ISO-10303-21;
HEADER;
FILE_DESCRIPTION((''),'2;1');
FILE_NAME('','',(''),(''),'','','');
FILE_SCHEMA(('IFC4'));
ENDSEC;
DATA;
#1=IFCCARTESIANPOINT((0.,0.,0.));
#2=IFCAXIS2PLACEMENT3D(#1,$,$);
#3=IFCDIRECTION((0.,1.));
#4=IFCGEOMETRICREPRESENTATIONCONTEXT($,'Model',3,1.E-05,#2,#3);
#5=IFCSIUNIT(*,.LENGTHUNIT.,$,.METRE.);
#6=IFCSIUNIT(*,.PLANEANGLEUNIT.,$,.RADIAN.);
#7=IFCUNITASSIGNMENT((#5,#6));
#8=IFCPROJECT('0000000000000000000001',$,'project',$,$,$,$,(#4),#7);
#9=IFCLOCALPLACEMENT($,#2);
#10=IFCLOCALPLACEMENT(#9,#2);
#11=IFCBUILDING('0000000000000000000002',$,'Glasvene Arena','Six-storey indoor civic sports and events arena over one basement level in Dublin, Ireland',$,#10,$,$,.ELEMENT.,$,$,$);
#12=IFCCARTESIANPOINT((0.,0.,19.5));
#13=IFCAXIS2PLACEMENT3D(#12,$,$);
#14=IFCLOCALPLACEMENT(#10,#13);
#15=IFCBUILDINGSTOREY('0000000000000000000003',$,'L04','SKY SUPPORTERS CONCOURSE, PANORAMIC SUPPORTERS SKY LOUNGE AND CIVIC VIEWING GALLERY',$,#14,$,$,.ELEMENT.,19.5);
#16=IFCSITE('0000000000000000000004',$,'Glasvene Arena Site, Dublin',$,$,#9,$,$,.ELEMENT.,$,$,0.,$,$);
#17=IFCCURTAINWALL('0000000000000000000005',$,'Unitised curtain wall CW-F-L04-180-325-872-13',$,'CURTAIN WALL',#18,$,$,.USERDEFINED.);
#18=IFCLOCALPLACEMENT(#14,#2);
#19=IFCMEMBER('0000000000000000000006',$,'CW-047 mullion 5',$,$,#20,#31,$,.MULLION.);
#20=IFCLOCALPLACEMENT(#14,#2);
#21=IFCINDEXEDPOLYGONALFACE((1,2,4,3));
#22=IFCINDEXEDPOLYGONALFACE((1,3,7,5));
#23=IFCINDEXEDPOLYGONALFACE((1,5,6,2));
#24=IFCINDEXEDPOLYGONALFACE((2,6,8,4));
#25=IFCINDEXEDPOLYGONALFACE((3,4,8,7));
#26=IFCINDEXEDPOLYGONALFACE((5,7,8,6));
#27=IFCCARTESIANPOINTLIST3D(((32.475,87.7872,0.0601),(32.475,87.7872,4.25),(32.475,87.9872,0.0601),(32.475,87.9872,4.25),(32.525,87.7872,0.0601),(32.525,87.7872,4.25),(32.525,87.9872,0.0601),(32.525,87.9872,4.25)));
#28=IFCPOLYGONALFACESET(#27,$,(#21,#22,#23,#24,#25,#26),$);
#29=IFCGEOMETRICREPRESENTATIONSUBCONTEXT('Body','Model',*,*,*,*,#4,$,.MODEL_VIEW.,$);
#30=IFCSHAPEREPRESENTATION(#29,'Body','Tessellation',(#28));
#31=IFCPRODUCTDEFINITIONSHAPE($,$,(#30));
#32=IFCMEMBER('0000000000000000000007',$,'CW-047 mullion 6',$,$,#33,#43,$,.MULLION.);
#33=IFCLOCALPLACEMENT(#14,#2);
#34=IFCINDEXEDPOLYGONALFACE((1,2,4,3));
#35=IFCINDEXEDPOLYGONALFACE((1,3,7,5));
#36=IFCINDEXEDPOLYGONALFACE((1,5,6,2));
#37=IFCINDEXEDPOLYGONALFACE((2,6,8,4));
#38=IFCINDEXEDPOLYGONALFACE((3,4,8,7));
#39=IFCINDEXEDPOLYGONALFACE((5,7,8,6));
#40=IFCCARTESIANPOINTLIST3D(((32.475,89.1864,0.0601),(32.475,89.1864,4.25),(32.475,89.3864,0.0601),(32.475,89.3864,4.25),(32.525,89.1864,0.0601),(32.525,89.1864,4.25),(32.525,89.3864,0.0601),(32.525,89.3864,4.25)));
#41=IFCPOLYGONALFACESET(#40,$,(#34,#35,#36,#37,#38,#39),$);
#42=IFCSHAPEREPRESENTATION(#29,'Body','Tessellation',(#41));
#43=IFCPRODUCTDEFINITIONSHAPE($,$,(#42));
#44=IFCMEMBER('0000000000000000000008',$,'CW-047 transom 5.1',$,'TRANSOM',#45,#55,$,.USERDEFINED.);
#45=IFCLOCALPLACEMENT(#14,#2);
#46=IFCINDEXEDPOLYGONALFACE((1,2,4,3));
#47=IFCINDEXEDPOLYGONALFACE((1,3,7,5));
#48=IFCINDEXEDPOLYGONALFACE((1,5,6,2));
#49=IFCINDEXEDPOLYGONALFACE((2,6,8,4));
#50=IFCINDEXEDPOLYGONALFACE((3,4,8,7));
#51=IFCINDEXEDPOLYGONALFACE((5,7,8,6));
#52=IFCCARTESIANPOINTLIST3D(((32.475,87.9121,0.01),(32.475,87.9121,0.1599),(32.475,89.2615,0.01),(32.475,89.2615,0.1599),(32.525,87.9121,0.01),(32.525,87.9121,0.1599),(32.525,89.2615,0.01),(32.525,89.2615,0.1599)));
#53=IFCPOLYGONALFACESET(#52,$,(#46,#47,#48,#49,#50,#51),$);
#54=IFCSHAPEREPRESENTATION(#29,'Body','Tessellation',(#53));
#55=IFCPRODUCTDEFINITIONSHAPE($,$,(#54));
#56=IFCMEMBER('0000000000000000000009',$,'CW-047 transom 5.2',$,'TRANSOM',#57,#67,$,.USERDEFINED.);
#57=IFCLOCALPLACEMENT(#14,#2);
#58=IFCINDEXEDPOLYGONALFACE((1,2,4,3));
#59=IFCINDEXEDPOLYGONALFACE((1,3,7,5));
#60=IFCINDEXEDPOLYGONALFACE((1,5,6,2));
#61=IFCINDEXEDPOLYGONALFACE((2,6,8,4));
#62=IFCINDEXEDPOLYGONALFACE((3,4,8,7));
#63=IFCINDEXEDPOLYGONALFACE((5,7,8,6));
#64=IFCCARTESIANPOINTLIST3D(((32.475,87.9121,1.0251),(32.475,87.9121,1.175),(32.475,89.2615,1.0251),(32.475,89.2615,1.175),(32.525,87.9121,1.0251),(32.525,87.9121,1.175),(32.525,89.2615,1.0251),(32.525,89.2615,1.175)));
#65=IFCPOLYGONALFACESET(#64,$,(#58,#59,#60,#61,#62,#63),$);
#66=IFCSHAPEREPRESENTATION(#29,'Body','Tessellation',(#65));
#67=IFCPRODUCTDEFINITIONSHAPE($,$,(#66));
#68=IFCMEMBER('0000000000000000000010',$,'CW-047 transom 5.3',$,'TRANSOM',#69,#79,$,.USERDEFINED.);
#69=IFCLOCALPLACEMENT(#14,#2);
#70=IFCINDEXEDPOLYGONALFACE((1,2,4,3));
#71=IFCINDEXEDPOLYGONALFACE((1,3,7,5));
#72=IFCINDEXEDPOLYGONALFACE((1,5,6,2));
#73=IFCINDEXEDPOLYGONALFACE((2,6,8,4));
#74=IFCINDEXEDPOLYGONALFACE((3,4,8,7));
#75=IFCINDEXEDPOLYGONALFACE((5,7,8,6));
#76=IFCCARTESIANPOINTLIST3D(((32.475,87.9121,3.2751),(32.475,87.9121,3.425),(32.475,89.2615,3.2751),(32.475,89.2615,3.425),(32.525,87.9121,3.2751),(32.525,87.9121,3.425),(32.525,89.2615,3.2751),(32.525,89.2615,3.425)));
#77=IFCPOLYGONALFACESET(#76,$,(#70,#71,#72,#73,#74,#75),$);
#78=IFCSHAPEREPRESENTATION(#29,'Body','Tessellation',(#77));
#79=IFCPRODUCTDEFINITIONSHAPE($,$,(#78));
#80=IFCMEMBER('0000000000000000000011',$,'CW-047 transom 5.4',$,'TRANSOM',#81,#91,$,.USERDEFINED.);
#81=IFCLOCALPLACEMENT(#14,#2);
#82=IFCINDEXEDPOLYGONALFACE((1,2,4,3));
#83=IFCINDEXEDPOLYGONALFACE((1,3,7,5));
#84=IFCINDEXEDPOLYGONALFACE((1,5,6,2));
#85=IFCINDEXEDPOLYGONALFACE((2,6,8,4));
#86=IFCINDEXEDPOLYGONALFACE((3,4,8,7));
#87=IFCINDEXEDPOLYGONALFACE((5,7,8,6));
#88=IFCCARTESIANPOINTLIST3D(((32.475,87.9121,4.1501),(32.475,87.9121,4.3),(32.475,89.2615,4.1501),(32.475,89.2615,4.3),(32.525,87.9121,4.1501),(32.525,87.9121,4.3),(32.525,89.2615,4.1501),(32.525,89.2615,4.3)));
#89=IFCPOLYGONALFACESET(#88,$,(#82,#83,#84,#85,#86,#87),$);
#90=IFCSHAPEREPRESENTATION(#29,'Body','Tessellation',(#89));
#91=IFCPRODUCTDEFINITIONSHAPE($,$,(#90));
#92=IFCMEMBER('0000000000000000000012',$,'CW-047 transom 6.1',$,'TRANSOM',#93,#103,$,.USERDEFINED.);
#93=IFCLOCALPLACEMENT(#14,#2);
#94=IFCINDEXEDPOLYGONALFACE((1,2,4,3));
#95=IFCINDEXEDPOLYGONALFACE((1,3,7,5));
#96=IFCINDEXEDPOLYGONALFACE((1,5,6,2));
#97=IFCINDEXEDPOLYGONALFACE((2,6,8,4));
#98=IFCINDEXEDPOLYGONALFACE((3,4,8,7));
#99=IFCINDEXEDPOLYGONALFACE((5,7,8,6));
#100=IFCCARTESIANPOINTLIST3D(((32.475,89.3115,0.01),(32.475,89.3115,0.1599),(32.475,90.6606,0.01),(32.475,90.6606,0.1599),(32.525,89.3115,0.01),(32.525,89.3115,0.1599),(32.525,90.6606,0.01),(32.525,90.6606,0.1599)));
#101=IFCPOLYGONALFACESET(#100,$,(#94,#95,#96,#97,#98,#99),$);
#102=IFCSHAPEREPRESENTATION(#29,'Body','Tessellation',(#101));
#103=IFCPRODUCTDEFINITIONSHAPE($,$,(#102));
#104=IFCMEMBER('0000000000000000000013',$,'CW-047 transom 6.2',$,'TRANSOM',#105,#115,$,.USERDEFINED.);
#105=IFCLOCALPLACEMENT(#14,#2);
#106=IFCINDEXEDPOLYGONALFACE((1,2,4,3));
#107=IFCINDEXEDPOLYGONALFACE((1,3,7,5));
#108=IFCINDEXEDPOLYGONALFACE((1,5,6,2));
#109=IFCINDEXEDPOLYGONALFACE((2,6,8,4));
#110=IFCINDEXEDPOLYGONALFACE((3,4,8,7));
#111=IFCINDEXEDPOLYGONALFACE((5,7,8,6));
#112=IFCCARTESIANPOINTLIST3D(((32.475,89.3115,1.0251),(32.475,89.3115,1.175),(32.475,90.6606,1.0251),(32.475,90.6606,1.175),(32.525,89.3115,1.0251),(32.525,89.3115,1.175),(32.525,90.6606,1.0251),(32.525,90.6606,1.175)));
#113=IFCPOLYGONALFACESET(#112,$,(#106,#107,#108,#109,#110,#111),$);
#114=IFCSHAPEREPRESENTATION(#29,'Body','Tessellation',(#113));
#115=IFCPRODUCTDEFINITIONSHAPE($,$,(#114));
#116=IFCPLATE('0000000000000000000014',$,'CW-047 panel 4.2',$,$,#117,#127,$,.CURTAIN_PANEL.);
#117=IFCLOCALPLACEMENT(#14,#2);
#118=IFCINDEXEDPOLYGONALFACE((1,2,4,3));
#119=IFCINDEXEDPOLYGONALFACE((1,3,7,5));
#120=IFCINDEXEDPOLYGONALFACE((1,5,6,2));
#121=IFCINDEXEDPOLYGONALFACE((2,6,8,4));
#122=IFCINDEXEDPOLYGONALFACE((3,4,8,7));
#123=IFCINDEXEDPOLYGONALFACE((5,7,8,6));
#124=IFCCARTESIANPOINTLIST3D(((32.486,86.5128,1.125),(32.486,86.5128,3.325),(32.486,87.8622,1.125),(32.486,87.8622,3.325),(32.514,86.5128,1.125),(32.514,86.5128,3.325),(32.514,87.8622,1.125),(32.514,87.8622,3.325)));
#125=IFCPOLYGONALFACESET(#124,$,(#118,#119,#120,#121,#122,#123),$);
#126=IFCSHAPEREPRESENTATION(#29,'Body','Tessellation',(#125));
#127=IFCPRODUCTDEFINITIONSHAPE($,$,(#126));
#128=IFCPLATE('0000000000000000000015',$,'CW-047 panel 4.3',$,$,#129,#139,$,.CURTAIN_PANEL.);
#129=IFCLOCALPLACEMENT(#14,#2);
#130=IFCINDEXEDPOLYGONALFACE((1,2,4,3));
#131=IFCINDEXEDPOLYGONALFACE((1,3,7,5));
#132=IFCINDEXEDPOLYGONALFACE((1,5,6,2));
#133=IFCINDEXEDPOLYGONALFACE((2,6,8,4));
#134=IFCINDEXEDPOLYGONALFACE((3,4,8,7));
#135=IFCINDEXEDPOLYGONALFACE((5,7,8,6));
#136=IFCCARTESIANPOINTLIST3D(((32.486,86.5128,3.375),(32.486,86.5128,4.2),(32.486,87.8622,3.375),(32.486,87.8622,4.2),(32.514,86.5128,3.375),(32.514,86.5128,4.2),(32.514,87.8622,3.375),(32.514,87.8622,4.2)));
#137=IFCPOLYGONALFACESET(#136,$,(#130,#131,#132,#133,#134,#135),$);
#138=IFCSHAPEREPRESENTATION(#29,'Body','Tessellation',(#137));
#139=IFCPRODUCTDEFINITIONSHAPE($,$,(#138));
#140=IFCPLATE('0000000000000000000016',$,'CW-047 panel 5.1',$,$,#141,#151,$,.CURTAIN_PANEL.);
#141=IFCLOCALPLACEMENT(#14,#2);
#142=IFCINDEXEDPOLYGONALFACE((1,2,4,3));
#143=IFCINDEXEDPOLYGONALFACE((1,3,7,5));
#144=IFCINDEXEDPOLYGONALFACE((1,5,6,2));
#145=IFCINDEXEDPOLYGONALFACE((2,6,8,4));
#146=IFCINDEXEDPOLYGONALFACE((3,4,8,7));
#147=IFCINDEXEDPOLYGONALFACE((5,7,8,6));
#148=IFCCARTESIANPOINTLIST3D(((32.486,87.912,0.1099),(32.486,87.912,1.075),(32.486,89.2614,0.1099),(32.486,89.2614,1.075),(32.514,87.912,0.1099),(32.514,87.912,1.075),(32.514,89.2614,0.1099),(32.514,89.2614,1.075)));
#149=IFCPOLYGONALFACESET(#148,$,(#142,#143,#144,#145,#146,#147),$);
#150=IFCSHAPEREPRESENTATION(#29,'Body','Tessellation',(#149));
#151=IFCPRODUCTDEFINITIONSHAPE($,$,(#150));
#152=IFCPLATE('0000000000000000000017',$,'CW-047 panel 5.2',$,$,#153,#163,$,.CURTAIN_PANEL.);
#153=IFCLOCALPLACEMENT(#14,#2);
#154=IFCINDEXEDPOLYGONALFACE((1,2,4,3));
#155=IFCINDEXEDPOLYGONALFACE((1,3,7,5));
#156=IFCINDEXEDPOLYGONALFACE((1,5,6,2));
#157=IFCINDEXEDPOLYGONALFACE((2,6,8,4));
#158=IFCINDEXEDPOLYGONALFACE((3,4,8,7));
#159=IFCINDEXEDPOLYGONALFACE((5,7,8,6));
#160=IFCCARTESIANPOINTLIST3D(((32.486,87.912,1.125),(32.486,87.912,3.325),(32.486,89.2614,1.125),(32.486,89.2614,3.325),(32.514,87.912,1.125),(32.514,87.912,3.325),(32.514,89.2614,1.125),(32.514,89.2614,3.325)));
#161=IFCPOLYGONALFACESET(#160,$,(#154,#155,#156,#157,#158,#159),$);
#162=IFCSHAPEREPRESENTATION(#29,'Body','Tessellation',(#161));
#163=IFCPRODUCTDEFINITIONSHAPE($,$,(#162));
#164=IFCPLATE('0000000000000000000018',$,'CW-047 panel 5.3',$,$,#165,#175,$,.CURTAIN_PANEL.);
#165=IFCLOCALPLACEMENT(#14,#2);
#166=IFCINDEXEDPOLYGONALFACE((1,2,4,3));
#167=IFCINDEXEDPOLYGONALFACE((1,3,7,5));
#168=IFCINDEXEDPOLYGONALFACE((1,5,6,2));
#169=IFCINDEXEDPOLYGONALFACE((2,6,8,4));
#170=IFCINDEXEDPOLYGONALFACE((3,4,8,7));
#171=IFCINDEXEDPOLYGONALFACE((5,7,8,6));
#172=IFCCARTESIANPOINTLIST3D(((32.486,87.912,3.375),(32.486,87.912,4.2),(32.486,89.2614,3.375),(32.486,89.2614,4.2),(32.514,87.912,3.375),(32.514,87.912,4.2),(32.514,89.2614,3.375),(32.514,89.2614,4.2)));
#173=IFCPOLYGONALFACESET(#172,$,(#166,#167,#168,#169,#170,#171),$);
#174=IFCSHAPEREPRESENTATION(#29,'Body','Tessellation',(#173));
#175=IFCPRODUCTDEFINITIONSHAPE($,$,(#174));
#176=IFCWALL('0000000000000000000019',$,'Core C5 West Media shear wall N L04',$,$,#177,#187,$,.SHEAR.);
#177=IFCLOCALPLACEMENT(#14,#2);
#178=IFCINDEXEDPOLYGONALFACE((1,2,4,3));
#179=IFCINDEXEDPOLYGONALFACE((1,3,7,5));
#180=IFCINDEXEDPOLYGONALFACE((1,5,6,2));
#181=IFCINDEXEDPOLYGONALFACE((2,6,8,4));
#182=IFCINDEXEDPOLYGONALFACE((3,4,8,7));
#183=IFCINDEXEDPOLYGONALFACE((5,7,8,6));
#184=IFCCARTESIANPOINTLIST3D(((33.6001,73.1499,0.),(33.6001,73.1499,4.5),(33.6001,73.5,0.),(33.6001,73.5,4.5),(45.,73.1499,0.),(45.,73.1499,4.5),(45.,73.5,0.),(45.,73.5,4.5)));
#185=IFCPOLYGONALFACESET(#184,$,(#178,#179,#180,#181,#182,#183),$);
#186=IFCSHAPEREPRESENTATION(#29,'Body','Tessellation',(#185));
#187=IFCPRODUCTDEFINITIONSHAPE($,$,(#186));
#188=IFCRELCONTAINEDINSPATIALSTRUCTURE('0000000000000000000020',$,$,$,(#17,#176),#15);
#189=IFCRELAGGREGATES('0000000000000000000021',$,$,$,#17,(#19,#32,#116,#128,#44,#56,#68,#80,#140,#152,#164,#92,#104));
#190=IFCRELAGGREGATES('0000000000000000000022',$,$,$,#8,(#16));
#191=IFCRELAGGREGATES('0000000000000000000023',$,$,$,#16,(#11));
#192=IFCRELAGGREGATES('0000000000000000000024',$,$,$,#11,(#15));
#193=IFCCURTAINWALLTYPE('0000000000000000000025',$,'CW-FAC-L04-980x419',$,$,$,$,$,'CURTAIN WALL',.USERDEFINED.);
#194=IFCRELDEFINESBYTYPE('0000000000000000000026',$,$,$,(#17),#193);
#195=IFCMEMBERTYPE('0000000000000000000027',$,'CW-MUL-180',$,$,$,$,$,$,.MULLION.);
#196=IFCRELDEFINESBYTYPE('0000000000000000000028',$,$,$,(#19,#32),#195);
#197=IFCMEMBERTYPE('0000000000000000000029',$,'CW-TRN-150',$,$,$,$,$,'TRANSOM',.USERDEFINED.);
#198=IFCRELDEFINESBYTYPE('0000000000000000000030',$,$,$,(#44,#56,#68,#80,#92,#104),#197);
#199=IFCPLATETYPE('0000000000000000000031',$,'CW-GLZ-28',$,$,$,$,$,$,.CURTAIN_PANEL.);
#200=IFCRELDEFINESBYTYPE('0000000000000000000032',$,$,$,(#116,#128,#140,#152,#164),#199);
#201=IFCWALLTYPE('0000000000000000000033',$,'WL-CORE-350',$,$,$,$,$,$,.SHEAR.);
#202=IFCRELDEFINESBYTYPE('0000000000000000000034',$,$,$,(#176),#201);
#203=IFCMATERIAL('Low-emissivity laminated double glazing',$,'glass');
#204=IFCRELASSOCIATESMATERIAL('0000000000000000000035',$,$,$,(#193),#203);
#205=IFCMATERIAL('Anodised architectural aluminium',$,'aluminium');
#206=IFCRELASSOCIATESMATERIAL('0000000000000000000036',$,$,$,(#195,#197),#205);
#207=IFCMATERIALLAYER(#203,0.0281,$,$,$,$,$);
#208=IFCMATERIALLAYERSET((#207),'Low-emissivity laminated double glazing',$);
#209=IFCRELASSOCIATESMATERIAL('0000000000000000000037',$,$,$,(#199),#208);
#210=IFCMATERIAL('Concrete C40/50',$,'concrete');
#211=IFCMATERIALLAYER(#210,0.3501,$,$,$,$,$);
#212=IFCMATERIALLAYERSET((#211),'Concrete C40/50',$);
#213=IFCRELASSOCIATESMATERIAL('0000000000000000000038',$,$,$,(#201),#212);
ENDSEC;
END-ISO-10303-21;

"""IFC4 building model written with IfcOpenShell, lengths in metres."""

from ifc_helpers import new_model, si_unit, direction, frame, frame_2d, origin, origin_2d, place, context, subcontext, project, spatial, rectangle, extrude, material, layer, layer_set, material_profile, profile_set, type_object, element, aggregate, save


model = new_model("IFC4")

# Units and contexts
model_context = context("Model", 3, precision=1e-05, world=origin(), true_north=direction((0.0, 1.0)))
body_context = subcontext(model_context, "Body", "Model", "MODEL_VIEW")
ifc_project = project(units=[si_unit("LENGTHUNIT", "METRE"), si_unit("PLANEANGLEUNIT", "RADIAN")], contexts=[model_context])

# Site, building, storey
site_placement = place(None, origin())
site = spatial("IfcSite", under=ifc_project, at=site_placement, Name="Glasvene Arena Site, Dublin", CompositionType="ELEMENT", RefElevation=0.0)
building_placement = place(site_placement, origin())
building = spatial("IfcBuilding", under=site, at=building_placement, Name="Glasvene Arena", Description="Six-storey indoor civic sports and events arena over one basement level in Dublin, Ireland", CompositionType="ELEMENT")
storey_placement = place(building_placement, frame((0.0, 0.0, 19.5)))
storey = spatial("IfcBuildingStorey", under=building, at=storey_placement, Name="L04", Description="SKY SUPPORTERS CONCOURSE, PANORAMIC SUPPORTERS SKY LOUNGE AND CIVIC VIEWING GALLERY", CompositionType="ELEMENT", Elevation=19.5)

# Curtain wall, members, plates
ifc_material_1 = material(Name="Low-emissivity laminated double glazing", Category="glass")
curtain_wall_type = type_object("IfcCurtainWallType", Name="CW-FAC-L04-980x419", ElementType="CURTAIN WALL", PredefinedType="USERDEFINED", material=ifc_material_1)
curtain_wall_placement = place(storey_placement, frame((32.5, 82.29, 0.0)))
curtain_wall = element("IfcCurtainWall", 1, at=curtain_wall_placement, inside=storey, type_object=curtain_wall_type, Name="Unitised curtain wall CW-F-L04-180-325-872-13", ObjectType="CURTAIN WALL", PredefinedType="USERDEFINED")
ifc_material_2 = material(Name="Anodised architectural aluminium", Category="aluminium")
ifc_material_profile_1 = material_profile(ifc_material_2, rectangle(XDim=0.05, YDim=0.2, at=origin_2d()), Name="ALU MULLION 50x200")
ifc_profile_set_1 = profile_set([ifc_material_profile_1], Name="Anodised architectural aluminium")
member_type_1 = type_object("IfcMemberType", Name="CW-MUL-180", PredefinedType="MULLION", material=ifc_profile_set_1)
member_1_placement = place(storey_placement, frame((32.5, 87.8872, 0.0601), z_axis=(0.0, 0.0, 1.0), x_axis=(-1.0, 0.0, 0.0)))
member_1 = element("IfcMember", 2, at=member_1_placement, type_object=member_type_1, Name="CW-047 mullion 5", PredefinedType="MULLION", context=body_context, shape_type="SweptSolid", body=[
    extrude(rectangle(XDim=0.05, YDim=0.2, at=origin_2d()), origin(), (0.0, 0.0, 1.0), 4.1899),
])
member_2_placement = place(storey_placement, frame((32.5, 89.2864, 0.0601), z_axis=(0.0, 0.0, 1.0), x_axis=(-1.0, 0.0, 0.0)))
member_2 = element("IfcMember", 3, at=member_2_placement, type_object=member_type_1, Name="CW-047 mullion 6", PredefinedType="MULLION", context=body_context, shape_type="SweptSolid", body=[
    extrude(rectangle(XDim=0.05, YDim=0.2, at=origin_2d()), origin(), (0.0, 0.0, 1.0), 4.1899),
])
ifc_material_profile_2 = material_profile(ifc_material_2, rectangle(XDim=0.05, YDim=0.1499, at=origin_2d()), Name="ALU TRANSOM 50x150")
ifc_profile_set_2 = profile_set([ifc_material_profile_2], Name="Anodised architectural aluminium")
member_type_2 = type_object("IfcMemberType", Name="CW-TRN-150", ElementType="TRANSOM", PredefinedType="USERDEFINED", material=ifc_profile_set_2)
member_3_placement = place(storey_placement, frame((32.5, 87.9121, 0.085), z_axis=(0.0, 1.0, 0.0), x_axis=(-1.0, 0.0, 0.0)))
member_3 = element("IfcMember", 4, at=member_3_placement, type_object=member_type_2, Name="CW-047 transom 5.1", ObjectType="TRANSOM", PredefinedType="USERDEFINED", context=body_context, shape_type="SweptSolid", body=[
    extrude(rectangle(XDim=0.05, YDim=0.1499, at=origin_2d()), origin(), (0.0, 0.0, 1.0), 1.3494),
])
member_4_placement = place(storey_placement, frame((32.5, 87.9121, 1.1001), z_axis=(0.0, 1.0, 0.0), x_axis=(-1.0, 0.0, 0.0)))
member_4 = element("IfcMember", 5, at=member_4_placement, type_object=member_type_2, Name="CW-047 transom 5.2", ObjectType="TRANSOM", PredefinedType="USERDEFINED", context=body_context, shape_type="SweptSolid", body=[
    extrude(rectangle(XDim=0.05, YDim=0.1499, at=origin_2d()), origin(), (0.0, 0.0, 1.0), 1.3494),
])
member_5_placement = place(storey_placement, frame((32.5, 87.9121, 3.3501), z_axis=(0.0, 1.0, 0.0), x_axis=(-1.0, 0.0, 0.0)))
member_5 = element("IfcMember", 6, at=member_5_placement, type_object=member_type_2, Name="CW-047 transom 5.3", ObjectType="TRANSOM", PredefinedType="USERDEFINED", context=body_context, shape_type="SweptSolid", body=[
    extrude(rectangle(XDim=0.05, YDim=0.1499, at=origin_2d()), origin(), (0.0, 0.0, 1.0), 1.3494),
])
member_6_placement = place(storey_placement, frame((32.5, 87.9121, 4.2251), z_axis=(0.0, 1.0, 0.0), x_axis=(-1.0, 0.0, 0.0)))
member_6 = element("IfcMember", 7, at=member_6_placement, type_object=member_type_2, Name="CW-047 transom 5.4", ObjectType="TRANSOM", PredefinedType="USERDEFINED", context=body_context, shape_type="SweptSolid", body=[
    extrude(rectangle(XDim=0.05, YDim=0.1499, at=origin_2d()), origin(), (0.0, 0.0, 1.0), 1.3494),
])
member_7_placement = place(storey_placement, frame((32.5, 89.3115, 0.085), z_axis=(0.0, 1.0, 0.0), x_axis=(-1.0, 0.0, 0.0)))
member_7 = element("IfcMember", 8, at=member_7_placement, type_object=member_type_2, Name="CW-047 transom 6.1", ObjectType="TRANSOM", PredefinedType="USERDEFINED", context=body_context, shape_type="SweptSolid", body=[
    extrude(rectangle(XDim=0.05, YDim=0.1499, at=origin_2d()), origin(), (0.0, 0.0, 1.0), 1.3491),
])
member_8_placement = place(storey_placement, frame((32.5, 89.3115, 1.1001), z_axis=(0.0, 1.0, 0.0), x_axis=(-1.0, 0.0, 0.0)))
member_8 = element("IfcMember", 9, at=member_8_placement, type_object=member_type_2, Name="CW-047 transom 6.2", ObjectType="TRANSOM", PredefinedType="USERDEFINED", context=body_context, shape_type="SweptSolid", body=[
    extrude(rectangle(XDim=0.05, YDim=0.1499, at=origin_2d()), origin(), (0.0, 0.0, 1.0), 1.3491),
])
ifc_layer_1 = layer(ifc_material_1, 0.0281)
ifc_layer_set_1 = layer_set([ifc_layer_1], Name="Low-emissivity laminated double glazing")
plate_type = type_object("IfcPlateType", Name="CW-GLZ-28", PredefinedType="CURTAIN_PANEL", material=ifc_layer_set_1)
plate_1_placement = place(storey_placement, frame((32.5, 87.1875, 1.125), z_axis=(0.0, 0.0, 1.0), x_axis=(0.0, 1.0, 0.0)))
plate_1 = element("IfcPlate", 10, at=plate_1_placement, type_object=plate_type, Name="CW-047 panel 4.2", PredefinedType="CURTAIN_PANEL", context=body_context, shape_type="SweptSolid", body=[
    extrude(rectangle(XDim=1.3494, YDim=0.0281, at=origin_2d()), origin(), (0.0, 0.0, 1.0), 2.2),
])
plate_2_placement = place(storey_placement, frame((32.5, 87.1875, 3.375), z_axis=(0.0, 0.0, 1.0), x_axis=(0.0, 1.0, 0.0)))
plate_2 = element("IfcPlate", 11, at=plate_2_placement, type_object=plate_type, Name="CW-047 panel 4.3", PredefinedType="CURTAIN_PANEL", context=body_context, shape_type="SweptSolid", body=[
    extrude(rectangle(XDim=1.3494, YDim=0.0281, at=origin_2d()), origin(), (0.0, 0.0, 1.0), 0.825),
])
plate_3_placement = place(storey_placement, frame((32.5, 88.5867, 0.1099), z_axis=(0.0, 0.0, 1.0), x_axis=(0.0, 1.0, 0.0)))
plate_3 = element("IfcPlate", 12, at=plate_3_placement, type_object=plate_type, Name="CW-047 panel 5.1", PredefinedType="CURTAIN_PANEL", context=body_context, shape_type="SweptSolid", body=[
    extrude(rectangle(XDim=1.3494, YDim=0.0281, at=origin_2d()), origin(), (0.0, 0.0, 1.0), 0.9651),
])
plate_4_placement = place(storey_placement, frame((32.5, 88.5867, 1.125), z_axis=(0.0, 0.0, 1.0), x_axis=(0.0, 1.0, 0.0)))
plate_4 = element("IfcPlate", 13, at=plate_4_placement, type_object=plate_type, Name="CW-047 panel 5.2", PredefinedType="CURTAIN_PANEL", context=body_context, shape_type="SweptSolid", body=[
    extrude(rectangle(XDim=1.3494, YDim=0.0281, at=origin_2d()), origin(), (0.0, 0.0, 1.0), 2.2),
])
plate_5_placement = place(storey_placement, frame((32.5, 88.5867, 3.375), z_axis=(0.0, 0.0, 1.0), x_axis=(0.0, 1.0, 0.0)))
plate_5 = element("IfcPlate", 14, at=plate_5_placement, type_object=plate_type, Name="CW-047 panel 5.3", PredefinedType="CURTAIN_PANEL", context=body_context, shape_type="SweptSolid", body=[
    extrude(rectangle(XDim=1.3494, YDim=0.0281, at=origin_2d()), origin(), (0.0, 0.0, 1.0), 0.825),
])
aggregate(curtain_wall, [member_1, member_2, plate_1, plate_2, member_3, member_4, member_5, member_6, plate_3, plate_4, plate_5, member_7, member_8])

# Wall
ifc_material_3 = material(Name="Concrete C40/50", Category="concrete")
ifc_layer_2 = layer(ifc_material_3, 0.3501)
ifc_layer_set_2 = layer_set([ifc_layer_2], Name="Concrete C40/50")
wall_type = type_object("IfcWallType", Name="WL-CORE-350", PredefinedType="SHEAR", material=ifc_layer_set_2)
wall_placement = place(storey_placement, frame((33.6001, 73.325, 0.0), z_axis=(0.0, 0.0, 1.0), x_axis=(1.0, 0.0, 0.0)))
element("IfcWall", 15, at=wall_placement, inside=storey, type_object=wall_type, Name="Core C5 West Media shear wall N L04", PredefinedType="SHEAR", context=body_context, shape_type="SweptSolid", body=[
    extrude(rectangle(XDim=11.3999, YDim=0.3501, at=frame_2d((5.7, 0.0))), origin(), (0.0, 0.0, 1.0), 4.5),
])

save(model, "model.ifc")
